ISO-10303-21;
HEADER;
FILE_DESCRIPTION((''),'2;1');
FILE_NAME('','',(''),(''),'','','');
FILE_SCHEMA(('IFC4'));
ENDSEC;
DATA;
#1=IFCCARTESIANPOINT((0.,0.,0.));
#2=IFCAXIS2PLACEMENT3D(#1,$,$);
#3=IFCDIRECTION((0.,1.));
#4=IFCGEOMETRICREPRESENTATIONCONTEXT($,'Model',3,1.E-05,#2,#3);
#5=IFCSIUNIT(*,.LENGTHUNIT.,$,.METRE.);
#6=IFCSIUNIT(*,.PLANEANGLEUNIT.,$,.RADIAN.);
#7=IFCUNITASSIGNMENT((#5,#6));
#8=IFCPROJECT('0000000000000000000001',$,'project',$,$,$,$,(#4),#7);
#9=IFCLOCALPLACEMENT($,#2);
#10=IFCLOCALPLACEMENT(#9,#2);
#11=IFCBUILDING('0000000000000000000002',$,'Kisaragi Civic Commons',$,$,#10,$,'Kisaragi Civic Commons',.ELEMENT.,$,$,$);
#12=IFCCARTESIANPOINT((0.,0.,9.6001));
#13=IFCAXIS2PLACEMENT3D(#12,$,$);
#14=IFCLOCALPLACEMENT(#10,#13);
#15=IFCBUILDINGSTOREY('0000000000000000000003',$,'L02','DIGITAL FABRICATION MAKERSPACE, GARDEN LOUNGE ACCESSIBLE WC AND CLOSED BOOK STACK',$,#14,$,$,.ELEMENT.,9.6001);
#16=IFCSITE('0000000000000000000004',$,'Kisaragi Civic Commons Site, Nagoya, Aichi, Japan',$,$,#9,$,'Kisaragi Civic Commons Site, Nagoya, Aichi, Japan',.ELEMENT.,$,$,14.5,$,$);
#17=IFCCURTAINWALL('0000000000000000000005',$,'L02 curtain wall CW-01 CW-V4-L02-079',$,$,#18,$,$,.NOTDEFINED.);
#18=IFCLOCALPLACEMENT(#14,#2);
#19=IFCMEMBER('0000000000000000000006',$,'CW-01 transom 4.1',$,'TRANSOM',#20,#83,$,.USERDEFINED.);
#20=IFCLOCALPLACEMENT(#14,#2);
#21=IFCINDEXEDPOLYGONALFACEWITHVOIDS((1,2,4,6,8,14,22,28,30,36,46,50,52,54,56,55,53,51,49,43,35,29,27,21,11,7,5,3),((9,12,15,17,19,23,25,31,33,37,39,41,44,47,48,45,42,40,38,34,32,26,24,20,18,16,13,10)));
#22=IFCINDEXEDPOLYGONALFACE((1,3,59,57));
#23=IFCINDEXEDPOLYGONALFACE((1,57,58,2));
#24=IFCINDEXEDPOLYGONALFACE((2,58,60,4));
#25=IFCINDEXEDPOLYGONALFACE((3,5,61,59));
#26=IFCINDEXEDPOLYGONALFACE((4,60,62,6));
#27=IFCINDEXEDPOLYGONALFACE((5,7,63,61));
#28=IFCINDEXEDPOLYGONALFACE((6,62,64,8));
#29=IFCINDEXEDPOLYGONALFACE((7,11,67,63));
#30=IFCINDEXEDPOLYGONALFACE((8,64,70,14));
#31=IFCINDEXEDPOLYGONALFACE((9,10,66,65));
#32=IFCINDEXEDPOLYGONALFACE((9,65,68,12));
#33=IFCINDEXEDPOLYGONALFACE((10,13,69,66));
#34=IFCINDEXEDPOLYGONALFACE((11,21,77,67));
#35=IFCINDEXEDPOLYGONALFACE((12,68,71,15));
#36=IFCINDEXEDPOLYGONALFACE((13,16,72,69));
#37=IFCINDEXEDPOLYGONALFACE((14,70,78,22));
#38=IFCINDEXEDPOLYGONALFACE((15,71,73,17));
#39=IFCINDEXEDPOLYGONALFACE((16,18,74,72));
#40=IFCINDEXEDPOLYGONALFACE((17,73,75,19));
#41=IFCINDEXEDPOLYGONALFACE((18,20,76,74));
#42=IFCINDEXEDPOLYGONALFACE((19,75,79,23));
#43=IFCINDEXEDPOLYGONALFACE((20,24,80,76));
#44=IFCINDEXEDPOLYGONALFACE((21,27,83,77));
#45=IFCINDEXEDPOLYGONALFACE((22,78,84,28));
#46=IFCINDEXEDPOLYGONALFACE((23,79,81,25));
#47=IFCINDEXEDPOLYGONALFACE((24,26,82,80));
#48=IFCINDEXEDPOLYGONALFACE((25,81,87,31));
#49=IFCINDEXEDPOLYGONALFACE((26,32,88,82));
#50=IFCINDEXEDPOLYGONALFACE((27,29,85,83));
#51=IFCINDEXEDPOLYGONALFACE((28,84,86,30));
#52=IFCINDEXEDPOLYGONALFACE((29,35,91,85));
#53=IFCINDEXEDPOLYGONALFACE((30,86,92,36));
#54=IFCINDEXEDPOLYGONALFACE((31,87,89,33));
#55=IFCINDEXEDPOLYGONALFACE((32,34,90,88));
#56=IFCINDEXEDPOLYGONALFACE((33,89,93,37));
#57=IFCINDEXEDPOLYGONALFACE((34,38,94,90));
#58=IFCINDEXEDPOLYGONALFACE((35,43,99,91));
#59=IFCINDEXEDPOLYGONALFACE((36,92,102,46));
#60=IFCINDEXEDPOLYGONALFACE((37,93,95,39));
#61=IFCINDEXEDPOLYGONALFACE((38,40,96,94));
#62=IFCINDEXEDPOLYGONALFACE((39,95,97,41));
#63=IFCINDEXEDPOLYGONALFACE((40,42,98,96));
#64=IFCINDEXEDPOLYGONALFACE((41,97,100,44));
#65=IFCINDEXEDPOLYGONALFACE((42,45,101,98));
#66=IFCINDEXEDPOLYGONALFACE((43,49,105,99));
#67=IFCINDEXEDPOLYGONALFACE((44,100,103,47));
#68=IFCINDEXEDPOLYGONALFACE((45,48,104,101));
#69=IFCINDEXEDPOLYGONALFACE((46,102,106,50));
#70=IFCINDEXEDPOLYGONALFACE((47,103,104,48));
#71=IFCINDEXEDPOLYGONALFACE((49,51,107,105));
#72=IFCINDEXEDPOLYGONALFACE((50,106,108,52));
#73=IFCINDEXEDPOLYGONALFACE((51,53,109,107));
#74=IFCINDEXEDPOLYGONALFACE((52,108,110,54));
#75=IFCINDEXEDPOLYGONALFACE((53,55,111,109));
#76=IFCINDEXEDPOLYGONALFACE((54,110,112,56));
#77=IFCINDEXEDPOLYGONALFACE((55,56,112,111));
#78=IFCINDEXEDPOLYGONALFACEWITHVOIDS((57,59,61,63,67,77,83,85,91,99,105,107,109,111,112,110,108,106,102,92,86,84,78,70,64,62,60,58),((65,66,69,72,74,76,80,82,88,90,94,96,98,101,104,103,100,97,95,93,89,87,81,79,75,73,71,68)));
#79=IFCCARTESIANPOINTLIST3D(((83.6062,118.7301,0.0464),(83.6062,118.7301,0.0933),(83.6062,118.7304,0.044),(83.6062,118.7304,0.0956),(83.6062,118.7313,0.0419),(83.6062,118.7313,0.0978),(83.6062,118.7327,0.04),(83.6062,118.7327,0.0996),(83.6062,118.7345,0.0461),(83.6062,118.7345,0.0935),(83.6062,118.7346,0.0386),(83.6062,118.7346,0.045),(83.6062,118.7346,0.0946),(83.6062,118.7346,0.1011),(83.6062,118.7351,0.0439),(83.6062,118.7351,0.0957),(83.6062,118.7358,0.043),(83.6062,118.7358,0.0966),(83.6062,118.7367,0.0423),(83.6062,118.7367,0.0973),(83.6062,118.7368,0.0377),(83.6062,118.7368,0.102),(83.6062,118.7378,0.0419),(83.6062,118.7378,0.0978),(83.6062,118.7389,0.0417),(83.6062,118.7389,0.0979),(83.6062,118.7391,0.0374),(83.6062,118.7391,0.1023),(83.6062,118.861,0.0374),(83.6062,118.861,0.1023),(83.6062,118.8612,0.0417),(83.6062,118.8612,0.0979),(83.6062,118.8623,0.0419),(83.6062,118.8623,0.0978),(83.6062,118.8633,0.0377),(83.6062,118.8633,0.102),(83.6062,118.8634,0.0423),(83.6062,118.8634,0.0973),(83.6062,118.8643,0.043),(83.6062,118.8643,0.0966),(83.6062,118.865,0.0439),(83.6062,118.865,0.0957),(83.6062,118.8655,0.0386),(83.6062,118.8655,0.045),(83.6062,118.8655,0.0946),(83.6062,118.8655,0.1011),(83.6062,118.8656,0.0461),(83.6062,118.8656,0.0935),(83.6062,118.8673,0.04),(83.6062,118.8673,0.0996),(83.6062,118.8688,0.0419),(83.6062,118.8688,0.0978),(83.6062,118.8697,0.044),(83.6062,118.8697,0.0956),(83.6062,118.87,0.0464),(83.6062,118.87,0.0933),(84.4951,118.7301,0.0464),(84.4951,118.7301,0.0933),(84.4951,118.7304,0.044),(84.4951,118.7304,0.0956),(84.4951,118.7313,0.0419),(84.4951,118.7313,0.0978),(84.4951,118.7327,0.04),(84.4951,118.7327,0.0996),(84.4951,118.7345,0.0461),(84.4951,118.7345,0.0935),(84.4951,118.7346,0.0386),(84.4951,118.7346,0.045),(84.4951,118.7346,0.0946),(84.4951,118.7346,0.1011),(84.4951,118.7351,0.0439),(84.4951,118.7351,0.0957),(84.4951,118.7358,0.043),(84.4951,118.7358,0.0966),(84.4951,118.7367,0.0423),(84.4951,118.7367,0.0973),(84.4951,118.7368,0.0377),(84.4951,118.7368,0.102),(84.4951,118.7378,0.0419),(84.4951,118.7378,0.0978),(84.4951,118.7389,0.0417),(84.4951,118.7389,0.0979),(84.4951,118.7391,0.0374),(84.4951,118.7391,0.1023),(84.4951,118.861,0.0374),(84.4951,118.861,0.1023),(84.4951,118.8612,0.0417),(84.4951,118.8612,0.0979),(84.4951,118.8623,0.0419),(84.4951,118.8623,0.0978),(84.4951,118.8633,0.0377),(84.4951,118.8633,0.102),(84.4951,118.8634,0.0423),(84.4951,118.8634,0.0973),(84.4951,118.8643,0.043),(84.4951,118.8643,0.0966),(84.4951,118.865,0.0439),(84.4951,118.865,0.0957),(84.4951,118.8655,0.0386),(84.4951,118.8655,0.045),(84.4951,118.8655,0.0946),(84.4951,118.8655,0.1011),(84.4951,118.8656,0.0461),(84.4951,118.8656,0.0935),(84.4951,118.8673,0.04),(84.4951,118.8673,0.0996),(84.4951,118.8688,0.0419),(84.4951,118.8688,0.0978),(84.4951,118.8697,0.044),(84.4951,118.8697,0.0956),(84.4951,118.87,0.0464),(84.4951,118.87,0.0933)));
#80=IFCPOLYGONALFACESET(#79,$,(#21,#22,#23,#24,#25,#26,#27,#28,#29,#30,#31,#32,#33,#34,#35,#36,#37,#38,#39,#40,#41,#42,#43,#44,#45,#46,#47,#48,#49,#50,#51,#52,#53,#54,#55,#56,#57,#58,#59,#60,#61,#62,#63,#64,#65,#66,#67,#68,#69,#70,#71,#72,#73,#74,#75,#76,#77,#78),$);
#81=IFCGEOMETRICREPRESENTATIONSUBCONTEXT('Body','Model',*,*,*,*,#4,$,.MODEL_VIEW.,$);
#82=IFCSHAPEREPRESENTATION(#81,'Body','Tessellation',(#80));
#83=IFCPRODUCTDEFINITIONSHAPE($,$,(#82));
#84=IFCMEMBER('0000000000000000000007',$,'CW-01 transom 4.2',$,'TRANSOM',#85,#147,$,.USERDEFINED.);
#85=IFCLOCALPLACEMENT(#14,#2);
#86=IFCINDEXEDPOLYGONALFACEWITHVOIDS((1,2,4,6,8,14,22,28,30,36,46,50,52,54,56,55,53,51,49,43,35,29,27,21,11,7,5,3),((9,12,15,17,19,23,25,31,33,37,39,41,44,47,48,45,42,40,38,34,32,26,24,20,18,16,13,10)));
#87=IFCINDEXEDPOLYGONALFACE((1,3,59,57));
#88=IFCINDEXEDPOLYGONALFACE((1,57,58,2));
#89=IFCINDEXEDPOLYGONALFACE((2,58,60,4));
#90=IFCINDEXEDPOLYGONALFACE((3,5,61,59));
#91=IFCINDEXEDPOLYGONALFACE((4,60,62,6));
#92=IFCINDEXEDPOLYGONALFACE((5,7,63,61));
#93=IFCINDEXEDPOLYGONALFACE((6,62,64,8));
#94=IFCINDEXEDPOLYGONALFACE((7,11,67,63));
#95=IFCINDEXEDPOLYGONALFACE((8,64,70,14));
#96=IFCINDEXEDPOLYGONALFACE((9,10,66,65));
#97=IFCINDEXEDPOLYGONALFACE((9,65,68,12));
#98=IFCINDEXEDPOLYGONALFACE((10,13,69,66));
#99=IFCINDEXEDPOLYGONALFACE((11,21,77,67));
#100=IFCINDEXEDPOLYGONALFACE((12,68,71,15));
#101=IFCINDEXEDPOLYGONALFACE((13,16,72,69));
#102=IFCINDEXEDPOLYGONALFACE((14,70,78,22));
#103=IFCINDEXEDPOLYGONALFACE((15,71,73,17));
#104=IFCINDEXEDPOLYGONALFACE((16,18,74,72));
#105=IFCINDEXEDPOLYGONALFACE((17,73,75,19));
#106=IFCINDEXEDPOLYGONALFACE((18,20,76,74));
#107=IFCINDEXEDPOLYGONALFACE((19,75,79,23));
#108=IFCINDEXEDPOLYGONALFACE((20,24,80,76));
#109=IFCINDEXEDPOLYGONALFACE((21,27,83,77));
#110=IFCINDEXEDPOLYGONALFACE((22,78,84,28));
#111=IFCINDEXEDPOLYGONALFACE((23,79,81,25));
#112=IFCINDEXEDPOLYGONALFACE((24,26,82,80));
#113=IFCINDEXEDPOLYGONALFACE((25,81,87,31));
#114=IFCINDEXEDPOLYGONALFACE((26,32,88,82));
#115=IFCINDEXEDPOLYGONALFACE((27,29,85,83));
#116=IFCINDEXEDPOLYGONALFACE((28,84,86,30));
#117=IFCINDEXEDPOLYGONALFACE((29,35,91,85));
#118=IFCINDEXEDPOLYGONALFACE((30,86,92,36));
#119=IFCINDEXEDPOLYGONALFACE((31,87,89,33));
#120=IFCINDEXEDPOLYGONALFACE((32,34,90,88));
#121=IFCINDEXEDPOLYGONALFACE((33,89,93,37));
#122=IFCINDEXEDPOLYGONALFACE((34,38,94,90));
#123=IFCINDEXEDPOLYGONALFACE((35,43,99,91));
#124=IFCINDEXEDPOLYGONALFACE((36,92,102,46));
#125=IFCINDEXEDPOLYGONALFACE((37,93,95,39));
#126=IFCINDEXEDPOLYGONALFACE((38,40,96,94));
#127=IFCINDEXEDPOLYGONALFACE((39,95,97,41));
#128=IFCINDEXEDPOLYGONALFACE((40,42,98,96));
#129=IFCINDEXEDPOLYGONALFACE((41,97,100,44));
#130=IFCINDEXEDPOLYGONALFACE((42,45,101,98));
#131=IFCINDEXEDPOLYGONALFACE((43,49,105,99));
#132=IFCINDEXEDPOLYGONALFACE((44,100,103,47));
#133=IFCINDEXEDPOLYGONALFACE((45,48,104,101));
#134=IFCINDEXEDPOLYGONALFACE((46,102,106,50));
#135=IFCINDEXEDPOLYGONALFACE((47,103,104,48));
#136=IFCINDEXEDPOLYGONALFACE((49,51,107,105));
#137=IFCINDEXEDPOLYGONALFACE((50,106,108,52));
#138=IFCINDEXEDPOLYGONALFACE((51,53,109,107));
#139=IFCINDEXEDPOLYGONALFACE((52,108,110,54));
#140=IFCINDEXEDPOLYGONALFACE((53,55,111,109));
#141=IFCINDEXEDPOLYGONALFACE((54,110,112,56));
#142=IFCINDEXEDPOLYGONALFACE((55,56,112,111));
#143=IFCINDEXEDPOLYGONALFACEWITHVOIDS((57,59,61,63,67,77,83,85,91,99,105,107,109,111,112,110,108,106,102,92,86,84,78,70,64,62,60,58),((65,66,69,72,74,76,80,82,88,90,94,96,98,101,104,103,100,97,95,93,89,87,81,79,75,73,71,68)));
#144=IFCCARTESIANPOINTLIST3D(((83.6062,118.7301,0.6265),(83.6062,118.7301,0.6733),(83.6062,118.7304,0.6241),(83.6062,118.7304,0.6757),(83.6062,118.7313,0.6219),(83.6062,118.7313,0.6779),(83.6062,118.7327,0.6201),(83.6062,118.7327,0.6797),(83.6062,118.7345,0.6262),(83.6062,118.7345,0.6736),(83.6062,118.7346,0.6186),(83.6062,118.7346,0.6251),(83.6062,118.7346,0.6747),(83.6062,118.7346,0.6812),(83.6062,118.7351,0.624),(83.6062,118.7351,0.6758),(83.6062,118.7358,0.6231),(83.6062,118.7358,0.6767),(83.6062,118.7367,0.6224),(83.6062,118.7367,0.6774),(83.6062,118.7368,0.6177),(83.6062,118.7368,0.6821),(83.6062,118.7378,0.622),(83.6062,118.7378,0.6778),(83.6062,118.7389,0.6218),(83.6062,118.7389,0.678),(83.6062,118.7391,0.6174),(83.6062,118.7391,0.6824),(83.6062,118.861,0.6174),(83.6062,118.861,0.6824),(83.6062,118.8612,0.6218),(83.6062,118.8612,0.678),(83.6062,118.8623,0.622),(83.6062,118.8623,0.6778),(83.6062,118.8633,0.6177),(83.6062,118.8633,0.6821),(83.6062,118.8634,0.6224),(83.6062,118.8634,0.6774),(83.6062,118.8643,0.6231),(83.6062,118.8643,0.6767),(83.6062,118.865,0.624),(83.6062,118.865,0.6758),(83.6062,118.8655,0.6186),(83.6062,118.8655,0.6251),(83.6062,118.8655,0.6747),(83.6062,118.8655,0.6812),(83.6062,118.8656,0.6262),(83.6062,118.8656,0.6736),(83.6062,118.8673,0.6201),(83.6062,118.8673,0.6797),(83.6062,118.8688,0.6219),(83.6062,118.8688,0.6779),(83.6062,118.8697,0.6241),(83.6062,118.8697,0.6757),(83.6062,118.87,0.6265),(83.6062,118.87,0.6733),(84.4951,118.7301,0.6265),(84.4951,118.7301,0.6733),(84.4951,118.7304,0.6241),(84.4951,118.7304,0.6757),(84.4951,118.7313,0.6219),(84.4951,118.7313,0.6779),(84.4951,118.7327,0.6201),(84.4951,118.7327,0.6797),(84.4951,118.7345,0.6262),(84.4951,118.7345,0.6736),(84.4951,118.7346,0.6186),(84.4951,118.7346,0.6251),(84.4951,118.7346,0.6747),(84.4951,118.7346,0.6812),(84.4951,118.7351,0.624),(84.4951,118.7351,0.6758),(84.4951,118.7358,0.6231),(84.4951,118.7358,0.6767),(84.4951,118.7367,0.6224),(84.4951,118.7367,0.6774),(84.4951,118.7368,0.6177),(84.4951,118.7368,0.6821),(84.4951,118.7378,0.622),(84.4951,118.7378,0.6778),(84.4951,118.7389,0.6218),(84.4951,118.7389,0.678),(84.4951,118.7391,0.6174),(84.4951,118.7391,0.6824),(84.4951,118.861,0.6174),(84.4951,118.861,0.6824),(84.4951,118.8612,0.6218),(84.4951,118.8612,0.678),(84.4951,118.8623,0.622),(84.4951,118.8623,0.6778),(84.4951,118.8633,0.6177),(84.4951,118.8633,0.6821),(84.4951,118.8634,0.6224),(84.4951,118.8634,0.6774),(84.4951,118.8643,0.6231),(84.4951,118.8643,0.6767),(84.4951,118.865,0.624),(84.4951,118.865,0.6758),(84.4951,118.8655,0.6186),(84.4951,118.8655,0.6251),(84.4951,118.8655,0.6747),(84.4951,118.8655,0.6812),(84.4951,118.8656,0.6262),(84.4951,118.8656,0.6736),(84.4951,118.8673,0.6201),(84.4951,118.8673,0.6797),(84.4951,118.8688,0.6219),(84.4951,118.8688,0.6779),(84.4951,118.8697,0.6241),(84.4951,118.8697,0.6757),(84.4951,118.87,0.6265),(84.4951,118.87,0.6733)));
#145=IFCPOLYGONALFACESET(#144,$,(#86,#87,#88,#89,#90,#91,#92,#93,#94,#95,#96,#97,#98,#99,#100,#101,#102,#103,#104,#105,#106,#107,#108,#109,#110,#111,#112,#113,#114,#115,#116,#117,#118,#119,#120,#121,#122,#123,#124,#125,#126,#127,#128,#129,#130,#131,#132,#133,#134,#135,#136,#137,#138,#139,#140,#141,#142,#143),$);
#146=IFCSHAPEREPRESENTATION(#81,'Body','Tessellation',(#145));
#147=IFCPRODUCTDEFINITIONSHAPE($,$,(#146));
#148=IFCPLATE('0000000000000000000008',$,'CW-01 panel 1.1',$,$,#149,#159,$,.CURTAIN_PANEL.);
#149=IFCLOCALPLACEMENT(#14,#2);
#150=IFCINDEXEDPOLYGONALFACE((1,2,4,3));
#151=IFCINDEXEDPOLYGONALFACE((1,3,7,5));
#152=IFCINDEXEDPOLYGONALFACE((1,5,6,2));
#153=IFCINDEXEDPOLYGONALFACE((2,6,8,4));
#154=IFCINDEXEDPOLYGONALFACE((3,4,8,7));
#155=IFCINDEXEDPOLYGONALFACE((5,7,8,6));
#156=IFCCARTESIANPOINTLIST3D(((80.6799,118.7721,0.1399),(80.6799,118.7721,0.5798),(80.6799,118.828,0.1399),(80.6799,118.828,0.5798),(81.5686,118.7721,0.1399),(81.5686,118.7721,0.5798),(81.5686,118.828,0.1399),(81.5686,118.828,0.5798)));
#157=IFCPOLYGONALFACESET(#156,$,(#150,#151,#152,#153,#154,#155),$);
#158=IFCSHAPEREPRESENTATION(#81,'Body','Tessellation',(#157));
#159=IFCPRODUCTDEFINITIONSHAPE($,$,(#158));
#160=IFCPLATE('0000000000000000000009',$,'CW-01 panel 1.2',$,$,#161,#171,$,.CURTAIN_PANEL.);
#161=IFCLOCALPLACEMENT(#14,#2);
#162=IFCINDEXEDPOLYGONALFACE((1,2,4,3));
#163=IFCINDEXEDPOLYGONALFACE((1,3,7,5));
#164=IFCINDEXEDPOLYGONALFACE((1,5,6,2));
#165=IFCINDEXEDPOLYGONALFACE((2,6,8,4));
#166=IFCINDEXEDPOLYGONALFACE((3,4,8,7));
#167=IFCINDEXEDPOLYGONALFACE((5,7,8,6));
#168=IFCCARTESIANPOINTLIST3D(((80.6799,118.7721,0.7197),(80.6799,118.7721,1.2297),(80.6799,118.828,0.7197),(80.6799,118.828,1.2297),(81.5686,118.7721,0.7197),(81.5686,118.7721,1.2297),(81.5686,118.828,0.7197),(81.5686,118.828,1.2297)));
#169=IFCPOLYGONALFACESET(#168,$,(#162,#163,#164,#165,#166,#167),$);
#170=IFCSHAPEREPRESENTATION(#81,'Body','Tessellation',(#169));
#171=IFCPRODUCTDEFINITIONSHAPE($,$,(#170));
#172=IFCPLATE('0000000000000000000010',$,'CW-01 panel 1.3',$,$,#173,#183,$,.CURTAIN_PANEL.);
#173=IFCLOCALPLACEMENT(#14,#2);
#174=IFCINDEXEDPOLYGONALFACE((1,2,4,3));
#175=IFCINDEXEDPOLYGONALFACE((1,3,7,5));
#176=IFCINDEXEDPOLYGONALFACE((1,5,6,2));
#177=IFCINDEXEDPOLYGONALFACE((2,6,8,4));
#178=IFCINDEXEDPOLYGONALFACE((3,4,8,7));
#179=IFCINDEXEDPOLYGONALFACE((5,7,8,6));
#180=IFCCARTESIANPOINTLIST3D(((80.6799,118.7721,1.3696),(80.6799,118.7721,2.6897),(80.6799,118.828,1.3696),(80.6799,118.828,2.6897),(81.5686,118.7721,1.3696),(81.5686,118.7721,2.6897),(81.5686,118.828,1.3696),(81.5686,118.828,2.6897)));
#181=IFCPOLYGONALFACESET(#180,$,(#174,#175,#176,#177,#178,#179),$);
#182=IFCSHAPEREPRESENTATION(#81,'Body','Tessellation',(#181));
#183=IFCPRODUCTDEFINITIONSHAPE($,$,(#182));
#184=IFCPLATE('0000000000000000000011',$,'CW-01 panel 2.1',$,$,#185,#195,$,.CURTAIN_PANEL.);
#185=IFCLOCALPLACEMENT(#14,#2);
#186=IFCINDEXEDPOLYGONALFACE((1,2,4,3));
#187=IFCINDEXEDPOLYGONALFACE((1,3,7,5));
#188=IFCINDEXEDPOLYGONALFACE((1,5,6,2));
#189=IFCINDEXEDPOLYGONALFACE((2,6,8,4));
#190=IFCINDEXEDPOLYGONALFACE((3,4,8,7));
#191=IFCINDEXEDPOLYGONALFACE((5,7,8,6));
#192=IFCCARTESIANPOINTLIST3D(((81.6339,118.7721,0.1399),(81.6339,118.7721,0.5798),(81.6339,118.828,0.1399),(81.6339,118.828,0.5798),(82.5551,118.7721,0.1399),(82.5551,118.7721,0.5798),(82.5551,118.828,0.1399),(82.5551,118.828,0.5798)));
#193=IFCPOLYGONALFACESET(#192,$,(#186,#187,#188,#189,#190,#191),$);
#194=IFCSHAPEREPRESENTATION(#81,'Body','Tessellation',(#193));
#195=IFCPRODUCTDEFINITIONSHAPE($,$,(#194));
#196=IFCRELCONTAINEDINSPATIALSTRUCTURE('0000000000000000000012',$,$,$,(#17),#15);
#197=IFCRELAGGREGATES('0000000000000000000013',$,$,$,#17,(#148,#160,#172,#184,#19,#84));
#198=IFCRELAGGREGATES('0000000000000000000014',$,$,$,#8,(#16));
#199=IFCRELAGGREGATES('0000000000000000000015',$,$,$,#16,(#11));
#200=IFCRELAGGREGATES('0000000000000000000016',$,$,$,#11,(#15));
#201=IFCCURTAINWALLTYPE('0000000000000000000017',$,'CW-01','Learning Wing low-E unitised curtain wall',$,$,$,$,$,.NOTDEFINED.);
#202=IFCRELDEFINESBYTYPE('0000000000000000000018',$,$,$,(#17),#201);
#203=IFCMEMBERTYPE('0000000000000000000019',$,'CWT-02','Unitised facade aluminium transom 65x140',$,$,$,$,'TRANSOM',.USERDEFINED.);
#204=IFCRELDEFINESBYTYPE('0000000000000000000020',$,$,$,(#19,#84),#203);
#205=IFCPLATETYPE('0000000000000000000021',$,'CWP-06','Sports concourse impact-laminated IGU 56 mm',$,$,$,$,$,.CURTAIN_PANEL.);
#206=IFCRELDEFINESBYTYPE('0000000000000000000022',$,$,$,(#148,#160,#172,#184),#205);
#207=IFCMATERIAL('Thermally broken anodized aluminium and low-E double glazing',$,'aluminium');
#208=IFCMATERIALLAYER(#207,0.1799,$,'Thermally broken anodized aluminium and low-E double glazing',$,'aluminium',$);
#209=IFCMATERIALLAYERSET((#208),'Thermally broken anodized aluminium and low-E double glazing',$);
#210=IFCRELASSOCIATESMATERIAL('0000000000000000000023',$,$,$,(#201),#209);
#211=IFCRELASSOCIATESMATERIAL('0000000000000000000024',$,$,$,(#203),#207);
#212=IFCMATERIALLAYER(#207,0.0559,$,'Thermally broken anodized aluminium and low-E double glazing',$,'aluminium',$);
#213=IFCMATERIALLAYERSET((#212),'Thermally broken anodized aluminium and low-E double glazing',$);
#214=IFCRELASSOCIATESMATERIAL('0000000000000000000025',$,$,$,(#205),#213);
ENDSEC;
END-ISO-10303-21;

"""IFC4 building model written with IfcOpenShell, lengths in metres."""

from ifc_helpers import new_model, si_unit, direction, frame, origin, origin_2d, place, context, subcontext, project, spatial, rectangle, hollow_rectangle, extrude, material, layer, layer_set, material_profile, profile_set, type_object, element, aggregate, save


model = new_model("IFC4")

# Units and contexts
model_context = context("Model", 3, precision=1e-05, world=origin(), true_north=direction((0.0, 1.0)))
body_context = subcontext(model_context, "Body", "Model", "MODEL_VIEW")
ifc_project = project(units=[si_unit("LENGTHUNIT", "METRE"), si_unit("PLANEANGLEUNIT", "RADIAN")], contexts=[model_context])

# Site, building, storey
site_placement = place(None, origin())
site = spatial("IfcSite", under=ifc_project, at=site_placement, Name="Kisaragi Civic Commons Site, Nagoya, Aichi, Japan", LongName="Kisaragi Civic Commons Site, Nagoya, Aichi, Japan", CompositionType="ELEMENT", RefElevation=14.5)
building_placement = place(site_placement, origin())
building = spatial("IfcBuilding", under=site, at=building_placement, Name="Kisaragi Civic Commons", LongName="Kisaragi Civic Commons", CompositionType="ELEMENT")
storey_placement = place(building_placement, frame((0.0, 0.0, 9.6001)))
storey = spatial("IfcBuildingStorey", under=building, at=storey_placement, Name="L02", Description="DIGITAL FABRICATION MAKERSPACE, GARDEN LOUNGE ACCESSIBLE WC AND CLOSED BOOK STACK", CompositionType="ELEMENT", Elevation=9.6001)

# Curtain wall, members, plates
ifc_material_1 = material(Name="Thermally broken anodized aluminium and low-E double glazing", Category="aluminium")
ifc_layer_1 = layer(ifc_material_1, 0.1799, Name="Thermally broken anodized aluminium and low-E double glazing", Category="aluminium")
ifc_layer_set_1 = layer_set([ifc_layer_1], Name="Thermally broken anodized aluminium and low-E double glazing")
curtain_wall_type = type_object("IfcCurtainWallType", Name="CW-01", Description="Learning Wing low-E unitised curtain wall", PredefinedType="NOTDEFINED", material=ifc_layer_set_1)
curtain_wall_placement = place(storey_placement, origin())
curtain_wall = element("IfcCurtainWall", 1, at=curtain_wall_placement, inside=storey, type_object=curtain_wall_type, Name="L02 curtain wall CW-01 CW-V4-L02-079", PredefinedType="NOTDEFINED")
ifc_material_profile_1 = material_profile(ifc_material_1, hollow_rectangle(XDim=0.1399, YDim=0.0649, WallThickness=0.0044, InnerFilletRadius=0.0044, OuterFilletRadius=0.009, at=origin_2d()), Name="CWT-65x140x4.5", Category="aluminium")
ifc_profile_set_1 = profile_set([ifc_material_profile_1], Name="Thermally broken anodized aluminium and low-E double glazing")
member_type_1 = type_object("IfcMemberType", Name="CWT-02", Description="Unitised facade aluminium transom 65x140", ElementType="TRANSOM", PredefinedType="USERDEFINED", material=ifc_profile_set_1)
member_1_placement = place(storey_placement, frame((83.6062, 118.8, 0.0698), z_axis=(1.0, 0.0, 0.0), x_axis=(0.0, 1.0, 0.0)))
member_1 = element("IfcMember", 2, at=member_1_placement, type_object=member_type_1, Name="CW-01 transom 4.1", ObjectType="TRANSOM", PredefinedType="USERDEFINED", context=body_context, shape_type="SweptSolid", body=[
    extrude(hollow_rectangle(XDim=0.1399, YDim=0.0649, WallThickness=0.0044, InnerFilletRadius=0.0044, OuterFilletRadius=0.009, at=origin_2d()), origin(), (0.0, 0.0, 1.0), 0.8889),
])
member_2_placement = place(storey_placement, frame((83.6062, 118.8, 0.6499), z_axis=(1.0, 0.0, 0.0), x_axis=(0.0, 1.0, 0.0)))
member_2 = element("IfcMember", 3, at=member_2_placement, type_object=member_type_1, Name="CW-01 transom 4.2", ObjectType="TRANSOM", PredefinedType="USERDEFINED", context=body_context, shape_type="SweptSolid", body=[
    extrude(hollow_rectangle(XDim=0.1399, YDim=0.0649, WallThickness=0.0044, InnerFilletRadius=0.0044, OuterFilletRadius=0.009, at=origin_2d()), origin(), (0.0, 0.0, 1.0), 0.8889),
])
ifc_layer_2 = layer(ifc_material_1, 0.0559, Name="Thermally broken anodized aluminium and low-E double glazing", Category="aluminium")
ifc_layer_set_2 = layer_set([ifc_layer_2], Name="Thermally broken anodized aluminium and low-E double glazing")
plate_type = type_object("IfcPlateType", Name="CWP-06", Description="Sports concourse impact-laminated IGU 56 mm", PredefinedType="CURTAIN_PANEL", material=ifc_layer_set_2)
plate_1_placement = place(storey_placement, frame((81.1243, 118.8, 0.1399), z_axis=(0.0, 0.0, 1.0), x_axis=(1.0, 0.0, 0.0)))
plate_1 = element("IfcPlate", 4, at=plate_1_placement, type_object=plate_type, Name="CW-01 panel 1.1", PredefinedType="CURTAIN_PANEL", context=body_context, shape_type="SweptSolid", body=[
    extrude(rectangle(XDim=0.8887, YDim=0.0559, at=origin_2d()), origin(), (0.0, 0.0, 1.0), 0.4399),
])
plate_2_placement = place(storey_placement, frame((81.1243, 118.8, 0.7197), z_axis=(0.0, 0.0, 1.0), x_axis=(1.0, 0.0, 0.0)))
plate_2 = element("IfcPlate", 5, at=plate_2_placement, type_object=plate_type, Name="CW-01 panel 1.2", PredefinedType="CURTAIN_PANEL", context=body_context, shape_type="SweptSolid", body=[
    extrude(rectangle(XDim=0.8887, YDim=0.0559, at=origin_2d()), origin(), (0.0, 0.0, 1.0), 0.51),
])
plate_3_placement = place(storey_placement, frame((81.1243, 118.8, 1.3696), z_axis=(0.0, 0.0, 1.0), x_axis=(1.0, 0.0, 0.0)))
plate_3 = element("IfcPlate", 6, at=plate_3_placement, type_object=plate_type, Name="CW-01 panel 1.3", PredefinedType="CURTAIN_PANEL", context=body_context, shape_type="SweptSolid", body=[
    extrude(rectangle(XDim=0.8887, YDim=0.0559, at=origin_2d()), origin(), (0.0, 0.0, 1.0), 1.3201),
])
plate_4_placement = place(storey_placement, frame((82.0945, 118.8, 0.1399), z_axis=(0.0, 0.0, 1.0), x_axis=(1.0, 0.0, 0.0)))
plate_4 = element("IfcPlate", 7, at=plate_4_placement, type_object=plate_type, Name="CW-01 panel 2.1", PredefinedType="CURTAIN_PANEL", context=body_context, shape_type="SweptSolid", body=[
    extrude(rectangle(XDim=0.9211, YDim=0.0559, at=origin_2d()), origin(), (0.0, 0.0, 1.0), 0.4399),
])
aggregate(curtain_wall, [plate_1, plate_2, plate_3, plate_4, member_1, member_2])

save(model, "model.ifc")
